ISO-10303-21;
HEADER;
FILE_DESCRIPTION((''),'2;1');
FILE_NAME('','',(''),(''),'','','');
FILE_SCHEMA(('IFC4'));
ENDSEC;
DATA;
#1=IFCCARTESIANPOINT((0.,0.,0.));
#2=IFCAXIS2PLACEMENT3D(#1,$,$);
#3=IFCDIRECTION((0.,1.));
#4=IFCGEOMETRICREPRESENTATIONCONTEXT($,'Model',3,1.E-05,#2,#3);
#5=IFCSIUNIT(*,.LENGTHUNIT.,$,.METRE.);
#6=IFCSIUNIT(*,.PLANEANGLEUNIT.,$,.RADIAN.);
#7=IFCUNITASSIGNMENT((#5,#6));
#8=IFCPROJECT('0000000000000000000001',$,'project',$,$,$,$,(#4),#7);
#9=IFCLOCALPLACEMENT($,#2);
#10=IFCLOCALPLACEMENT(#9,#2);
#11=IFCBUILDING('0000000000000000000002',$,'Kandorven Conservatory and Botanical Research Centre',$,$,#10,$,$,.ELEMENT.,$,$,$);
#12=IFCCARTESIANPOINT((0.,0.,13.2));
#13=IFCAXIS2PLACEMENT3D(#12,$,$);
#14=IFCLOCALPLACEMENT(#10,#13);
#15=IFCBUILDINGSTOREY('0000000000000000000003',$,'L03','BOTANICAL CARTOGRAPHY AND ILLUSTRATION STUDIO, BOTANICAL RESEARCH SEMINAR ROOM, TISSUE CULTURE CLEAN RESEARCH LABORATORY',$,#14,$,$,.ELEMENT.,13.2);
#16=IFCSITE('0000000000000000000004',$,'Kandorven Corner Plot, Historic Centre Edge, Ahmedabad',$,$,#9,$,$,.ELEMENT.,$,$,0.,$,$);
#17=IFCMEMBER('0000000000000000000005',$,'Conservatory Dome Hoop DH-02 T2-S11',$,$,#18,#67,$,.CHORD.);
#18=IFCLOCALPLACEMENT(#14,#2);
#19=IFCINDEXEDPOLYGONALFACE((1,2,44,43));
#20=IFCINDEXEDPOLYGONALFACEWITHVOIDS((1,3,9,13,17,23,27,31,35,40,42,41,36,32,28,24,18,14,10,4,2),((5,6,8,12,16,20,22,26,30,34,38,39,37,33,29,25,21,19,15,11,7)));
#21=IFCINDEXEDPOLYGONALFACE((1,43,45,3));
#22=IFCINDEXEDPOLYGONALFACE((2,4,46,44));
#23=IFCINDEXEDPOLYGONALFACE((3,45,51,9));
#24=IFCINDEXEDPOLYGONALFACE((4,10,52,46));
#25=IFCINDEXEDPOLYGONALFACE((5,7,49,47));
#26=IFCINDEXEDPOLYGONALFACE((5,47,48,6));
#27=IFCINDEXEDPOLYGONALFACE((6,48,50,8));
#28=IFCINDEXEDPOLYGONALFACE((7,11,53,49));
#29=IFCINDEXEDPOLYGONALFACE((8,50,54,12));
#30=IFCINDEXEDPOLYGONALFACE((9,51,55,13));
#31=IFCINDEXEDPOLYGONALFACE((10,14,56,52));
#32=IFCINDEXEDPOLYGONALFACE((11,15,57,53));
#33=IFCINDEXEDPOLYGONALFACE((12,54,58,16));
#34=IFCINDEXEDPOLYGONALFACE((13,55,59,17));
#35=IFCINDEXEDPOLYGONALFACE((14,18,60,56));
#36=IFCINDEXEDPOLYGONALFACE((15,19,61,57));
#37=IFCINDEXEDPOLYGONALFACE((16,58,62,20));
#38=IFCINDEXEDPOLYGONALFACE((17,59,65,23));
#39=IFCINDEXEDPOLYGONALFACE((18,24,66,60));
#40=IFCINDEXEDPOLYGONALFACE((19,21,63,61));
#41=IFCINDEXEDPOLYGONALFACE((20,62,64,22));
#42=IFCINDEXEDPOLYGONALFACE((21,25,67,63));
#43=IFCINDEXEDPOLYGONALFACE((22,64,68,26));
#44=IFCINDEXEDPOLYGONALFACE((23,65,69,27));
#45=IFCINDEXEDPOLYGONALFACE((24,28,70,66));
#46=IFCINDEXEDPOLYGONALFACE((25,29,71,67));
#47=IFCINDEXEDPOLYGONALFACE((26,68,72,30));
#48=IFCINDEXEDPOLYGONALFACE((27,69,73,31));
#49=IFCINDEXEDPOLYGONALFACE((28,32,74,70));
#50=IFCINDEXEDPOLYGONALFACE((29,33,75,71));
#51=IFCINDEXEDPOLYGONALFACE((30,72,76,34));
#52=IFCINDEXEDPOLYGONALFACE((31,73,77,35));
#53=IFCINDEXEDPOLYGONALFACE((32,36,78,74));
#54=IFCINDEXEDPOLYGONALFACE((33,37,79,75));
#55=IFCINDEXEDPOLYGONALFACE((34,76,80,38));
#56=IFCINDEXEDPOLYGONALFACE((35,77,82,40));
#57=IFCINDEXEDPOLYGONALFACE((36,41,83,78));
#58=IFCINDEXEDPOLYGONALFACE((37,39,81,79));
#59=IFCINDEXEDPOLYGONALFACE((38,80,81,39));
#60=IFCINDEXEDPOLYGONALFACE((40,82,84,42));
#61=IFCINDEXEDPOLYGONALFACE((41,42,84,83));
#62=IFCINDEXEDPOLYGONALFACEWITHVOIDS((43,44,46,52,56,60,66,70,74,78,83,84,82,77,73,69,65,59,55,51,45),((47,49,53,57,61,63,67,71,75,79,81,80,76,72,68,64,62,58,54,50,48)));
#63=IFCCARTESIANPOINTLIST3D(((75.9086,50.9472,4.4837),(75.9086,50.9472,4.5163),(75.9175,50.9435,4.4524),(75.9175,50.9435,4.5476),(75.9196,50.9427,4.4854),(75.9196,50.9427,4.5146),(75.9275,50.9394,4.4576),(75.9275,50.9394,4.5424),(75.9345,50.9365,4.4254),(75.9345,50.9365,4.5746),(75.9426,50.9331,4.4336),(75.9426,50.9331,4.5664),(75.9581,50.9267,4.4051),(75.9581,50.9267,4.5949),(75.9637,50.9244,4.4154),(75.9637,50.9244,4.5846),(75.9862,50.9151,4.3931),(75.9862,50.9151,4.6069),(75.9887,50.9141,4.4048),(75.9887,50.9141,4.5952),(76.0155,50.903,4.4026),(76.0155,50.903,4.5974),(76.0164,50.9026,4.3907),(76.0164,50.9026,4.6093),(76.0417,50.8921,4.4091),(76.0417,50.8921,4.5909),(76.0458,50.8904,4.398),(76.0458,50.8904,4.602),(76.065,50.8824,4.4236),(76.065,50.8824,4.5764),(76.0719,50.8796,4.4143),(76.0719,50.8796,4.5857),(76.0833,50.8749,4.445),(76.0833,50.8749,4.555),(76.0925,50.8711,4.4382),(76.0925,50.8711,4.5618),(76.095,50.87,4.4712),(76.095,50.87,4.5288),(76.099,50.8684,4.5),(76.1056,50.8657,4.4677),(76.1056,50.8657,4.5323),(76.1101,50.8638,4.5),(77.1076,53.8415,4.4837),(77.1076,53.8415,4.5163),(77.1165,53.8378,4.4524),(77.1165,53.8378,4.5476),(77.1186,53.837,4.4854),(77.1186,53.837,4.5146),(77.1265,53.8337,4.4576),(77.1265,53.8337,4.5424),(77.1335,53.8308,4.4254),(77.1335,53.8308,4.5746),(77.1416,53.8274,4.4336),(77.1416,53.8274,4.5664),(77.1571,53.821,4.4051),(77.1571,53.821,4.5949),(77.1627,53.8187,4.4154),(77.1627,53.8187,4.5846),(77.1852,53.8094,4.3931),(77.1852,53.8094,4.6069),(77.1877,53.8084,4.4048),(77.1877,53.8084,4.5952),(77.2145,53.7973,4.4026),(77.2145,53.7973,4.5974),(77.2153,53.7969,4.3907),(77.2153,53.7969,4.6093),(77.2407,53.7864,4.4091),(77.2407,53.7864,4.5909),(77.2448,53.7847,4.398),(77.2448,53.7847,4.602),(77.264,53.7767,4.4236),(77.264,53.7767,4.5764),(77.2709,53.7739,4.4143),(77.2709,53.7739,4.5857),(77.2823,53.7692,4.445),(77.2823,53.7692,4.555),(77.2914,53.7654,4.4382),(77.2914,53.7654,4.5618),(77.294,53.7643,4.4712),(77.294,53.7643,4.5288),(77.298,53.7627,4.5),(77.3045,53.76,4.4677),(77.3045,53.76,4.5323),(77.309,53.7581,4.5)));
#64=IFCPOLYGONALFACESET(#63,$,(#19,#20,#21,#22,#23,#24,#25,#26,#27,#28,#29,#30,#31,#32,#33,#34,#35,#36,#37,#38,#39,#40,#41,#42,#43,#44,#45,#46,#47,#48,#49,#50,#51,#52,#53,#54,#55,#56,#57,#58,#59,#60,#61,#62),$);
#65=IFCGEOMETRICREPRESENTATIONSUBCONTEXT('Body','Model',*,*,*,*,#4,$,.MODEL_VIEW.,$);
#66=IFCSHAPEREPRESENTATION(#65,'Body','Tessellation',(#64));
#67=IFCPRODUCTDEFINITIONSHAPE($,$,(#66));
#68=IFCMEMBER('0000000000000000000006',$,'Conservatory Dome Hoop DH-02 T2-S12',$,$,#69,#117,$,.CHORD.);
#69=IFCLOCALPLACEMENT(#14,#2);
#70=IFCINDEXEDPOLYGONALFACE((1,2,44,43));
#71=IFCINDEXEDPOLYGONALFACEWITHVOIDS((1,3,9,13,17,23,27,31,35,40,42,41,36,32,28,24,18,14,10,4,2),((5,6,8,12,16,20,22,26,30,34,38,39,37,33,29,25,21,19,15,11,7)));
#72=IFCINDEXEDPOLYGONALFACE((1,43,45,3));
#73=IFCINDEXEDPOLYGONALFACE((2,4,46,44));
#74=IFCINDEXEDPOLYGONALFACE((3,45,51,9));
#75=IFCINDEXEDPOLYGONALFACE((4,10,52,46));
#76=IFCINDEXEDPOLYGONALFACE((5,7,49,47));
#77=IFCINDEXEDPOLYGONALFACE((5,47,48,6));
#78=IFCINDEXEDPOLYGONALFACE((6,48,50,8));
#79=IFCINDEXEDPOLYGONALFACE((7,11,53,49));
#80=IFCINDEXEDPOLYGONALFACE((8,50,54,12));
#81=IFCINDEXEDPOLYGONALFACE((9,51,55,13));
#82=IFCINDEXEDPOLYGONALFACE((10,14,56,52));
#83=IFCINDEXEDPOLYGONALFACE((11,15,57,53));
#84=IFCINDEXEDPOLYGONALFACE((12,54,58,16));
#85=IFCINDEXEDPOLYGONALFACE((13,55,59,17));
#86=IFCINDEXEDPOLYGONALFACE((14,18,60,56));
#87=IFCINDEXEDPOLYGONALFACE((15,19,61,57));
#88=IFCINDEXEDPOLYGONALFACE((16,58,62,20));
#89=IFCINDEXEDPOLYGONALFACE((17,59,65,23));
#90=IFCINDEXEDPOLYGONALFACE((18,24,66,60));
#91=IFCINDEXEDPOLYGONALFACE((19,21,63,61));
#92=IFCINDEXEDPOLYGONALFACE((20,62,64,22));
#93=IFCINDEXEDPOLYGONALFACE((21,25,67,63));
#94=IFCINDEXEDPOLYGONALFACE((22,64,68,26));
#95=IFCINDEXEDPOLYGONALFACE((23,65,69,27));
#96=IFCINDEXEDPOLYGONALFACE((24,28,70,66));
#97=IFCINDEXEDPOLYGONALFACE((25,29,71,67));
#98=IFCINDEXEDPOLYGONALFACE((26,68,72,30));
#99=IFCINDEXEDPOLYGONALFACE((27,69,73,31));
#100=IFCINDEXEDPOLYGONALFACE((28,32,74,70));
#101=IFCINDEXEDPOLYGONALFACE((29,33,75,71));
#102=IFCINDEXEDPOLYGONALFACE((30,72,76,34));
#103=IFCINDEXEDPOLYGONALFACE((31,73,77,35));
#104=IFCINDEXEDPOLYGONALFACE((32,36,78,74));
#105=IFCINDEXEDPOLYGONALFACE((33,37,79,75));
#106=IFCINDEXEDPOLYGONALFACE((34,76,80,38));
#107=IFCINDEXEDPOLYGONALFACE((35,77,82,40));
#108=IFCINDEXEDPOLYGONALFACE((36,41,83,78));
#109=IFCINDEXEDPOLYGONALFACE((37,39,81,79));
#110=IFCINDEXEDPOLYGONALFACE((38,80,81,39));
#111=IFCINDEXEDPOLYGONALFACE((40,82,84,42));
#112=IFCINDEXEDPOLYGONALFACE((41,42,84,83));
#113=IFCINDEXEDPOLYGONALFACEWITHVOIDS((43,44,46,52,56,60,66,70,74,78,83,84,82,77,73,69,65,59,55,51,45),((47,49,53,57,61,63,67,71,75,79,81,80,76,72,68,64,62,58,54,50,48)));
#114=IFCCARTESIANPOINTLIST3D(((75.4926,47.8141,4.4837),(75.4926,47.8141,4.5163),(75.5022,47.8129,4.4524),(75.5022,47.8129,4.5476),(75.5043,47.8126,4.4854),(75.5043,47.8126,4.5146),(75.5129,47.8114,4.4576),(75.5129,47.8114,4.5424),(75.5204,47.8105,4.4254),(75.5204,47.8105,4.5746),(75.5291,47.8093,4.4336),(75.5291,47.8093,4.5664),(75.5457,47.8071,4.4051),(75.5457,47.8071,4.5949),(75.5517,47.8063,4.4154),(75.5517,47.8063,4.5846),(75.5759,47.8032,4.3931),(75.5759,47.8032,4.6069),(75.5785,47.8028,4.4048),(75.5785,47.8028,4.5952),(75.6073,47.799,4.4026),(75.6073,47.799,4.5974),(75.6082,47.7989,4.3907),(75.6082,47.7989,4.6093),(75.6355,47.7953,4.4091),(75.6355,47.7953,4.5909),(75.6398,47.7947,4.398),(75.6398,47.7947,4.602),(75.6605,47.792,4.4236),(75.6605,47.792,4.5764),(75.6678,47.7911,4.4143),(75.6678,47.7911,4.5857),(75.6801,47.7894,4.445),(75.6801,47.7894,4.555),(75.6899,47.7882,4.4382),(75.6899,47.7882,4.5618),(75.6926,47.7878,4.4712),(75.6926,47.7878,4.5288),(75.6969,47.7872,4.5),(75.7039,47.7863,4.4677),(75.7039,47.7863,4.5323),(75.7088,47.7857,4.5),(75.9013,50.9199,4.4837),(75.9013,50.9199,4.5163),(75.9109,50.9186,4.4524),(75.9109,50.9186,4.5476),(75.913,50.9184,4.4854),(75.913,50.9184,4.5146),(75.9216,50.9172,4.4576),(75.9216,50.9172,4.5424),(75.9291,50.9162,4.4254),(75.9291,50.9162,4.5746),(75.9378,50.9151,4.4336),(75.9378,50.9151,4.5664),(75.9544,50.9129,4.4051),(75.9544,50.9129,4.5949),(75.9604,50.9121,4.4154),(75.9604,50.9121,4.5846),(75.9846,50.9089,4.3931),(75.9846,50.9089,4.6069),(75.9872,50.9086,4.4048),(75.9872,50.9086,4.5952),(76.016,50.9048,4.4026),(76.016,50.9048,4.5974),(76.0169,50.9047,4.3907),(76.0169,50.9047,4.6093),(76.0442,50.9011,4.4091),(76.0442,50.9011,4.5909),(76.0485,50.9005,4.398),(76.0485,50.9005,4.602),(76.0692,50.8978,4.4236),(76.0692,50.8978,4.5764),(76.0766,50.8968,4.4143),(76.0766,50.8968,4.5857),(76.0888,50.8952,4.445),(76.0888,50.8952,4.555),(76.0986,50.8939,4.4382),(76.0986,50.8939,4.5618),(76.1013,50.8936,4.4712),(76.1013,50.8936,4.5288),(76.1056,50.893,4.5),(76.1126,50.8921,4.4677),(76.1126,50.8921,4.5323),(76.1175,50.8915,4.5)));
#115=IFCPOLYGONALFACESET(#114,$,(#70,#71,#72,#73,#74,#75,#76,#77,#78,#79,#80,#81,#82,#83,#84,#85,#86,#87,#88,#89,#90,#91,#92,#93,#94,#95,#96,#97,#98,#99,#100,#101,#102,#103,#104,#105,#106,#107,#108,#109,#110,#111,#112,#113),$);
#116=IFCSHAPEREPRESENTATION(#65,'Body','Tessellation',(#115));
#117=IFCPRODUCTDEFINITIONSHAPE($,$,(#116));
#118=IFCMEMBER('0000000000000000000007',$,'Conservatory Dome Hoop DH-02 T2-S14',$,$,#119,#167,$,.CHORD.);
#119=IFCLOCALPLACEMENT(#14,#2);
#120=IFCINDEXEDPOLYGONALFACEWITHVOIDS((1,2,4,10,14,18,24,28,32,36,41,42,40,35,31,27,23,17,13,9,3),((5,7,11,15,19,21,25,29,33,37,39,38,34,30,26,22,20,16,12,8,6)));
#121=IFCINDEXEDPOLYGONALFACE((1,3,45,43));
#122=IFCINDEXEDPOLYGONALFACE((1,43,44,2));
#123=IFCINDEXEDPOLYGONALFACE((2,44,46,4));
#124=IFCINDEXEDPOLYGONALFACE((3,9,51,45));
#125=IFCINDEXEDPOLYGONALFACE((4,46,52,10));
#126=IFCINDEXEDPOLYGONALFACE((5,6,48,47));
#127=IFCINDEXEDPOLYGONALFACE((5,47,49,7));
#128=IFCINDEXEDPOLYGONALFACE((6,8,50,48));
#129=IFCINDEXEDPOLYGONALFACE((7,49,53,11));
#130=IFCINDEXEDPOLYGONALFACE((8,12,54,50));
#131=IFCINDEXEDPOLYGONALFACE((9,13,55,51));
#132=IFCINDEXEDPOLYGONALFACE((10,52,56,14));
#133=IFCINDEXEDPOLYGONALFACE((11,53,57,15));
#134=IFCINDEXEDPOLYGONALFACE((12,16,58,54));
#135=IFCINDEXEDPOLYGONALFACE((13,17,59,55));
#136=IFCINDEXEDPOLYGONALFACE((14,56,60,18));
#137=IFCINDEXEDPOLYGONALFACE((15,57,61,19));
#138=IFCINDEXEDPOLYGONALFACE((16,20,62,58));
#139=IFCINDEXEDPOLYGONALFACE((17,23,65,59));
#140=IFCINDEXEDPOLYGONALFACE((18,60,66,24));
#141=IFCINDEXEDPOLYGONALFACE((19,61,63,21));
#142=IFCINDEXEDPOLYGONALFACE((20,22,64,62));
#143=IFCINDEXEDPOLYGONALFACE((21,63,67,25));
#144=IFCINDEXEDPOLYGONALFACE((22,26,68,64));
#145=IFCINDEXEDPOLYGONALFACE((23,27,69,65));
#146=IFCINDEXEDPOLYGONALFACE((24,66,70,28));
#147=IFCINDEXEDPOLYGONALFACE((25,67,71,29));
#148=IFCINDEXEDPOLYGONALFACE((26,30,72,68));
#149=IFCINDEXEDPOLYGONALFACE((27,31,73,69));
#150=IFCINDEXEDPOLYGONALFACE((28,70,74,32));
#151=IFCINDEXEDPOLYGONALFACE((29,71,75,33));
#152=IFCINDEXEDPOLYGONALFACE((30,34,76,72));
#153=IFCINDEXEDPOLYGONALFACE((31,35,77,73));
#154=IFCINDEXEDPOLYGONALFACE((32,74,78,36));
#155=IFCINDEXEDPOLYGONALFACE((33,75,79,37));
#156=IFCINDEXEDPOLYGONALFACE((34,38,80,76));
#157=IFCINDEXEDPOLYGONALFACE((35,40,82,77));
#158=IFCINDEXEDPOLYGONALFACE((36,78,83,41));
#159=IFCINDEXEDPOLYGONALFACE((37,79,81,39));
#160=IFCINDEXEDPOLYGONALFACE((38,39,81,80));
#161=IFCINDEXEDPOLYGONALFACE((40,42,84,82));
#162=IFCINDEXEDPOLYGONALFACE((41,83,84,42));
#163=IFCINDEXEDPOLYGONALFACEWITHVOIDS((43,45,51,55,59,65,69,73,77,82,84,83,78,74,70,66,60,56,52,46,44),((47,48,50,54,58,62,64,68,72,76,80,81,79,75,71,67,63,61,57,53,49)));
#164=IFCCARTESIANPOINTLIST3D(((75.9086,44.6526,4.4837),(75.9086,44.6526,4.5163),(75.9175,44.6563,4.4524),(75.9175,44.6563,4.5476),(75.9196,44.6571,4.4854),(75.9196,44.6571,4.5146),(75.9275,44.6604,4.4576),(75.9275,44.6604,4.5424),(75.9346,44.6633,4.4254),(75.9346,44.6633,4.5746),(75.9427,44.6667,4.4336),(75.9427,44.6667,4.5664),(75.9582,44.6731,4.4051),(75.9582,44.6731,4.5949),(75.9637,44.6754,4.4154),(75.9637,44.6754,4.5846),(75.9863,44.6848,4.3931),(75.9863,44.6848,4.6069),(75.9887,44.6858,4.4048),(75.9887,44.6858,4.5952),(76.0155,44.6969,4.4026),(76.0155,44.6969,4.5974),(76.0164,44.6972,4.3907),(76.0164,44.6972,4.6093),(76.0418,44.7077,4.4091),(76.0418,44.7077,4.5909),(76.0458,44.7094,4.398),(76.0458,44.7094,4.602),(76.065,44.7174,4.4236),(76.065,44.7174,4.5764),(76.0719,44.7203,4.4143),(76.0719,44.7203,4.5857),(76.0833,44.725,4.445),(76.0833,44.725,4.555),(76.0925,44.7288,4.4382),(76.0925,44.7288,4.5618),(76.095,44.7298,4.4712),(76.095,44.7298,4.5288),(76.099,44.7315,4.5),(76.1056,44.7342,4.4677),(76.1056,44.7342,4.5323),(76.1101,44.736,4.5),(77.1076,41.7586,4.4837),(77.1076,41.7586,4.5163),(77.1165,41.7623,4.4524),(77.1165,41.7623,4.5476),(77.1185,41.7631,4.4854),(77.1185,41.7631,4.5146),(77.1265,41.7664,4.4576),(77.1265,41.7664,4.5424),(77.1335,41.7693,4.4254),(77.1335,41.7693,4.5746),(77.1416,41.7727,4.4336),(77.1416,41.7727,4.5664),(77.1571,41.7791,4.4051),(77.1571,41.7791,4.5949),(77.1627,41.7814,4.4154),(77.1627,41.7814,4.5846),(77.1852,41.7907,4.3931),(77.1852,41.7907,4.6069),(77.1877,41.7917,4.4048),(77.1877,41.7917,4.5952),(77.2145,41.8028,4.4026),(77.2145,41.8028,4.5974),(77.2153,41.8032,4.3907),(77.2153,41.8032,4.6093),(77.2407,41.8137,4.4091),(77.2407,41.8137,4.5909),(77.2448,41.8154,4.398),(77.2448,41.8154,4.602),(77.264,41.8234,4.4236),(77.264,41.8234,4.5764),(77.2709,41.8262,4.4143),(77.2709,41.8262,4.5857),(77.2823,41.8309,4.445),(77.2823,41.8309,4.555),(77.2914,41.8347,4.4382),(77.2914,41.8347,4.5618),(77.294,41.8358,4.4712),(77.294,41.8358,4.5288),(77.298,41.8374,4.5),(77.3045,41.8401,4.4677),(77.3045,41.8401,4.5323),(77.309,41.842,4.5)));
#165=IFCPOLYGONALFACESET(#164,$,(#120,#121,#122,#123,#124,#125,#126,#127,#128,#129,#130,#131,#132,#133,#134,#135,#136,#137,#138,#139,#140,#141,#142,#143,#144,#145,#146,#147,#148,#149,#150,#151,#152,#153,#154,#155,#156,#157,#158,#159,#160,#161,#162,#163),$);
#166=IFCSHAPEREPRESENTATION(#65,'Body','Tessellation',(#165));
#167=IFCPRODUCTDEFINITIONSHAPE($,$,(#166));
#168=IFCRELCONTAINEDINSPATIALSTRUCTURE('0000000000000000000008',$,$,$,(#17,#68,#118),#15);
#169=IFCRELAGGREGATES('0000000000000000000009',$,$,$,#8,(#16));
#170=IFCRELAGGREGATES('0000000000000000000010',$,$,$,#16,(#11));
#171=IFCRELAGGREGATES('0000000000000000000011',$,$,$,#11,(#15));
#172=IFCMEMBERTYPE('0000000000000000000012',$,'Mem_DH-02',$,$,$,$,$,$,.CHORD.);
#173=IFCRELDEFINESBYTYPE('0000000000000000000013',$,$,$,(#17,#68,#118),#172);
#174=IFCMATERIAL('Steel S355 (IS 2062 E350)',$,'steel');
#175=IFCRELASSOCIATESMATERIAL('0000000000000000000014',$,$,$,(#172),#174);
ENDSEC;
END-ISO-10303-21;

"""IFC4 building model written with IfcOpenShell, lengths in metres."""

from ifc_helpers import new_model, si_unit, direction, frame, origin, origin_2d, place, context, subcontext, project, spatial, hollow_circle, extrude, material, material_profile, profile_set, type_object, element, save


model = new_model("IFC4")

# Units and contexts
model_context = context("Model", 3, precision=1e-05, world=origin(), true_north=direction((0.0, 1.0)))
body_context = subcontext(model_context, "Body", "Model", "MODEL_VIEW")
ifc_project = project(units=[si_unit("LENGTHUNIT", "METRE"), si_unit("PLANEANGLEUNIT", "RADIAN")], contexts=[model_context])

# Site, building, storey
site_placement = place(None, origin())
site = spatial("IfcSite", under=ifc_project, at=site_placement, Name="Kandorven Corner Plot, Historic Centre Edge, Ahmedabad", CompositionType="ELEMENT", RefElevation=0.0)
building_placement = place(site_placement, origin())
building = spatial("IfcBuilding", under=site, at=building_placement, Name="Kandorven Conservatory and Botanical Research Centre", CompositionType="ELEMENT")
storey_placement = place(building_placement, frame((0.0, 0.0, 13.2)))
storey = spatial("IfcBuildingStorey", under=building, at=storey_placement, Name="L03", Description="BOTANICAL CARTOGRAPHY AND ILLUSTRATION STUDIO, BOTANICAL RESEARCH SEMINAR ROOM, TISSUE CULTURE CLEAN RESEARCH LABORATORY", CompositionType="ELEMENT", Elevation=13.2)

# Members
ifc_material_1 = material(Name="Steel S355 (IS 2062 E350)", Category="steel")
ifc_material_profile_1 = material_profile(ifc_material_1, hollow_circle(Radius=0.1096, WallThickness=0.012, at=origin_2d()))
ifc_profile_set_1 = profile_set([ifc_material_profile_1], Name="Steel S355 (IS 2062 E350)")
member_type_1 = type_object("IfcMemberType", Name="Mem_DH-02", PredefinedType="CHORD", material=ifc_profile_set_1)
member_1_placement = place(storey_placement, frame((77.2078, 53.8, 4.5), z_axis=(-0.382717, -0.923866, 0.0), x_axis=(0.923866, -0.382717, 0.0)))
element("IfcMember", 1, at=member_1_placement, inside=storey, type_object=member_type_1, Name="Conservatory Dome Hoop DH-02 T2-S11", PredefinedType="CHORD", context=body_context, shape_type="SweptSolid", body=[
    extrude(hollow_circle(Radius=0.1096, WallThickness=0.012, at=origin_2d()), origin(), (0.0, 0.0, 1.0), 3.1328),
])
for number, where, z_axis, x_axis, name in (
    (2, (76.0088, 50.9058, 4.5), (-0.130469, -0.991452, 0.0), (0.991452, -0.130469, 0.0), "Conservatory Dome Hoop DH-02 T2-S12"),
    (3, (76.0088, 44.6941, 4.5), (0.382744, -0.923854, 0.0), (0.923854, 0.382744, 0.0), "Conservatory Dome Hoop DH-02 T2-S14"),
):
    element("IfcMember", number, at=place(storey_placement, frame(where, z_axis=z_axis, x_axis=x_axis)), inside=storey, type_object=member_type_1, Name=name, PredefinedType="CHORD", context=body_context, shape_type="SweptSolid", body=[
        extrude(hollow_circle(Radius=0.1096, WallThickness=0.012, at=origin_2d()), origin(), (0.0, 0.0, 1.0), 3.1326),
    ])

save(model, "model.ifc")
